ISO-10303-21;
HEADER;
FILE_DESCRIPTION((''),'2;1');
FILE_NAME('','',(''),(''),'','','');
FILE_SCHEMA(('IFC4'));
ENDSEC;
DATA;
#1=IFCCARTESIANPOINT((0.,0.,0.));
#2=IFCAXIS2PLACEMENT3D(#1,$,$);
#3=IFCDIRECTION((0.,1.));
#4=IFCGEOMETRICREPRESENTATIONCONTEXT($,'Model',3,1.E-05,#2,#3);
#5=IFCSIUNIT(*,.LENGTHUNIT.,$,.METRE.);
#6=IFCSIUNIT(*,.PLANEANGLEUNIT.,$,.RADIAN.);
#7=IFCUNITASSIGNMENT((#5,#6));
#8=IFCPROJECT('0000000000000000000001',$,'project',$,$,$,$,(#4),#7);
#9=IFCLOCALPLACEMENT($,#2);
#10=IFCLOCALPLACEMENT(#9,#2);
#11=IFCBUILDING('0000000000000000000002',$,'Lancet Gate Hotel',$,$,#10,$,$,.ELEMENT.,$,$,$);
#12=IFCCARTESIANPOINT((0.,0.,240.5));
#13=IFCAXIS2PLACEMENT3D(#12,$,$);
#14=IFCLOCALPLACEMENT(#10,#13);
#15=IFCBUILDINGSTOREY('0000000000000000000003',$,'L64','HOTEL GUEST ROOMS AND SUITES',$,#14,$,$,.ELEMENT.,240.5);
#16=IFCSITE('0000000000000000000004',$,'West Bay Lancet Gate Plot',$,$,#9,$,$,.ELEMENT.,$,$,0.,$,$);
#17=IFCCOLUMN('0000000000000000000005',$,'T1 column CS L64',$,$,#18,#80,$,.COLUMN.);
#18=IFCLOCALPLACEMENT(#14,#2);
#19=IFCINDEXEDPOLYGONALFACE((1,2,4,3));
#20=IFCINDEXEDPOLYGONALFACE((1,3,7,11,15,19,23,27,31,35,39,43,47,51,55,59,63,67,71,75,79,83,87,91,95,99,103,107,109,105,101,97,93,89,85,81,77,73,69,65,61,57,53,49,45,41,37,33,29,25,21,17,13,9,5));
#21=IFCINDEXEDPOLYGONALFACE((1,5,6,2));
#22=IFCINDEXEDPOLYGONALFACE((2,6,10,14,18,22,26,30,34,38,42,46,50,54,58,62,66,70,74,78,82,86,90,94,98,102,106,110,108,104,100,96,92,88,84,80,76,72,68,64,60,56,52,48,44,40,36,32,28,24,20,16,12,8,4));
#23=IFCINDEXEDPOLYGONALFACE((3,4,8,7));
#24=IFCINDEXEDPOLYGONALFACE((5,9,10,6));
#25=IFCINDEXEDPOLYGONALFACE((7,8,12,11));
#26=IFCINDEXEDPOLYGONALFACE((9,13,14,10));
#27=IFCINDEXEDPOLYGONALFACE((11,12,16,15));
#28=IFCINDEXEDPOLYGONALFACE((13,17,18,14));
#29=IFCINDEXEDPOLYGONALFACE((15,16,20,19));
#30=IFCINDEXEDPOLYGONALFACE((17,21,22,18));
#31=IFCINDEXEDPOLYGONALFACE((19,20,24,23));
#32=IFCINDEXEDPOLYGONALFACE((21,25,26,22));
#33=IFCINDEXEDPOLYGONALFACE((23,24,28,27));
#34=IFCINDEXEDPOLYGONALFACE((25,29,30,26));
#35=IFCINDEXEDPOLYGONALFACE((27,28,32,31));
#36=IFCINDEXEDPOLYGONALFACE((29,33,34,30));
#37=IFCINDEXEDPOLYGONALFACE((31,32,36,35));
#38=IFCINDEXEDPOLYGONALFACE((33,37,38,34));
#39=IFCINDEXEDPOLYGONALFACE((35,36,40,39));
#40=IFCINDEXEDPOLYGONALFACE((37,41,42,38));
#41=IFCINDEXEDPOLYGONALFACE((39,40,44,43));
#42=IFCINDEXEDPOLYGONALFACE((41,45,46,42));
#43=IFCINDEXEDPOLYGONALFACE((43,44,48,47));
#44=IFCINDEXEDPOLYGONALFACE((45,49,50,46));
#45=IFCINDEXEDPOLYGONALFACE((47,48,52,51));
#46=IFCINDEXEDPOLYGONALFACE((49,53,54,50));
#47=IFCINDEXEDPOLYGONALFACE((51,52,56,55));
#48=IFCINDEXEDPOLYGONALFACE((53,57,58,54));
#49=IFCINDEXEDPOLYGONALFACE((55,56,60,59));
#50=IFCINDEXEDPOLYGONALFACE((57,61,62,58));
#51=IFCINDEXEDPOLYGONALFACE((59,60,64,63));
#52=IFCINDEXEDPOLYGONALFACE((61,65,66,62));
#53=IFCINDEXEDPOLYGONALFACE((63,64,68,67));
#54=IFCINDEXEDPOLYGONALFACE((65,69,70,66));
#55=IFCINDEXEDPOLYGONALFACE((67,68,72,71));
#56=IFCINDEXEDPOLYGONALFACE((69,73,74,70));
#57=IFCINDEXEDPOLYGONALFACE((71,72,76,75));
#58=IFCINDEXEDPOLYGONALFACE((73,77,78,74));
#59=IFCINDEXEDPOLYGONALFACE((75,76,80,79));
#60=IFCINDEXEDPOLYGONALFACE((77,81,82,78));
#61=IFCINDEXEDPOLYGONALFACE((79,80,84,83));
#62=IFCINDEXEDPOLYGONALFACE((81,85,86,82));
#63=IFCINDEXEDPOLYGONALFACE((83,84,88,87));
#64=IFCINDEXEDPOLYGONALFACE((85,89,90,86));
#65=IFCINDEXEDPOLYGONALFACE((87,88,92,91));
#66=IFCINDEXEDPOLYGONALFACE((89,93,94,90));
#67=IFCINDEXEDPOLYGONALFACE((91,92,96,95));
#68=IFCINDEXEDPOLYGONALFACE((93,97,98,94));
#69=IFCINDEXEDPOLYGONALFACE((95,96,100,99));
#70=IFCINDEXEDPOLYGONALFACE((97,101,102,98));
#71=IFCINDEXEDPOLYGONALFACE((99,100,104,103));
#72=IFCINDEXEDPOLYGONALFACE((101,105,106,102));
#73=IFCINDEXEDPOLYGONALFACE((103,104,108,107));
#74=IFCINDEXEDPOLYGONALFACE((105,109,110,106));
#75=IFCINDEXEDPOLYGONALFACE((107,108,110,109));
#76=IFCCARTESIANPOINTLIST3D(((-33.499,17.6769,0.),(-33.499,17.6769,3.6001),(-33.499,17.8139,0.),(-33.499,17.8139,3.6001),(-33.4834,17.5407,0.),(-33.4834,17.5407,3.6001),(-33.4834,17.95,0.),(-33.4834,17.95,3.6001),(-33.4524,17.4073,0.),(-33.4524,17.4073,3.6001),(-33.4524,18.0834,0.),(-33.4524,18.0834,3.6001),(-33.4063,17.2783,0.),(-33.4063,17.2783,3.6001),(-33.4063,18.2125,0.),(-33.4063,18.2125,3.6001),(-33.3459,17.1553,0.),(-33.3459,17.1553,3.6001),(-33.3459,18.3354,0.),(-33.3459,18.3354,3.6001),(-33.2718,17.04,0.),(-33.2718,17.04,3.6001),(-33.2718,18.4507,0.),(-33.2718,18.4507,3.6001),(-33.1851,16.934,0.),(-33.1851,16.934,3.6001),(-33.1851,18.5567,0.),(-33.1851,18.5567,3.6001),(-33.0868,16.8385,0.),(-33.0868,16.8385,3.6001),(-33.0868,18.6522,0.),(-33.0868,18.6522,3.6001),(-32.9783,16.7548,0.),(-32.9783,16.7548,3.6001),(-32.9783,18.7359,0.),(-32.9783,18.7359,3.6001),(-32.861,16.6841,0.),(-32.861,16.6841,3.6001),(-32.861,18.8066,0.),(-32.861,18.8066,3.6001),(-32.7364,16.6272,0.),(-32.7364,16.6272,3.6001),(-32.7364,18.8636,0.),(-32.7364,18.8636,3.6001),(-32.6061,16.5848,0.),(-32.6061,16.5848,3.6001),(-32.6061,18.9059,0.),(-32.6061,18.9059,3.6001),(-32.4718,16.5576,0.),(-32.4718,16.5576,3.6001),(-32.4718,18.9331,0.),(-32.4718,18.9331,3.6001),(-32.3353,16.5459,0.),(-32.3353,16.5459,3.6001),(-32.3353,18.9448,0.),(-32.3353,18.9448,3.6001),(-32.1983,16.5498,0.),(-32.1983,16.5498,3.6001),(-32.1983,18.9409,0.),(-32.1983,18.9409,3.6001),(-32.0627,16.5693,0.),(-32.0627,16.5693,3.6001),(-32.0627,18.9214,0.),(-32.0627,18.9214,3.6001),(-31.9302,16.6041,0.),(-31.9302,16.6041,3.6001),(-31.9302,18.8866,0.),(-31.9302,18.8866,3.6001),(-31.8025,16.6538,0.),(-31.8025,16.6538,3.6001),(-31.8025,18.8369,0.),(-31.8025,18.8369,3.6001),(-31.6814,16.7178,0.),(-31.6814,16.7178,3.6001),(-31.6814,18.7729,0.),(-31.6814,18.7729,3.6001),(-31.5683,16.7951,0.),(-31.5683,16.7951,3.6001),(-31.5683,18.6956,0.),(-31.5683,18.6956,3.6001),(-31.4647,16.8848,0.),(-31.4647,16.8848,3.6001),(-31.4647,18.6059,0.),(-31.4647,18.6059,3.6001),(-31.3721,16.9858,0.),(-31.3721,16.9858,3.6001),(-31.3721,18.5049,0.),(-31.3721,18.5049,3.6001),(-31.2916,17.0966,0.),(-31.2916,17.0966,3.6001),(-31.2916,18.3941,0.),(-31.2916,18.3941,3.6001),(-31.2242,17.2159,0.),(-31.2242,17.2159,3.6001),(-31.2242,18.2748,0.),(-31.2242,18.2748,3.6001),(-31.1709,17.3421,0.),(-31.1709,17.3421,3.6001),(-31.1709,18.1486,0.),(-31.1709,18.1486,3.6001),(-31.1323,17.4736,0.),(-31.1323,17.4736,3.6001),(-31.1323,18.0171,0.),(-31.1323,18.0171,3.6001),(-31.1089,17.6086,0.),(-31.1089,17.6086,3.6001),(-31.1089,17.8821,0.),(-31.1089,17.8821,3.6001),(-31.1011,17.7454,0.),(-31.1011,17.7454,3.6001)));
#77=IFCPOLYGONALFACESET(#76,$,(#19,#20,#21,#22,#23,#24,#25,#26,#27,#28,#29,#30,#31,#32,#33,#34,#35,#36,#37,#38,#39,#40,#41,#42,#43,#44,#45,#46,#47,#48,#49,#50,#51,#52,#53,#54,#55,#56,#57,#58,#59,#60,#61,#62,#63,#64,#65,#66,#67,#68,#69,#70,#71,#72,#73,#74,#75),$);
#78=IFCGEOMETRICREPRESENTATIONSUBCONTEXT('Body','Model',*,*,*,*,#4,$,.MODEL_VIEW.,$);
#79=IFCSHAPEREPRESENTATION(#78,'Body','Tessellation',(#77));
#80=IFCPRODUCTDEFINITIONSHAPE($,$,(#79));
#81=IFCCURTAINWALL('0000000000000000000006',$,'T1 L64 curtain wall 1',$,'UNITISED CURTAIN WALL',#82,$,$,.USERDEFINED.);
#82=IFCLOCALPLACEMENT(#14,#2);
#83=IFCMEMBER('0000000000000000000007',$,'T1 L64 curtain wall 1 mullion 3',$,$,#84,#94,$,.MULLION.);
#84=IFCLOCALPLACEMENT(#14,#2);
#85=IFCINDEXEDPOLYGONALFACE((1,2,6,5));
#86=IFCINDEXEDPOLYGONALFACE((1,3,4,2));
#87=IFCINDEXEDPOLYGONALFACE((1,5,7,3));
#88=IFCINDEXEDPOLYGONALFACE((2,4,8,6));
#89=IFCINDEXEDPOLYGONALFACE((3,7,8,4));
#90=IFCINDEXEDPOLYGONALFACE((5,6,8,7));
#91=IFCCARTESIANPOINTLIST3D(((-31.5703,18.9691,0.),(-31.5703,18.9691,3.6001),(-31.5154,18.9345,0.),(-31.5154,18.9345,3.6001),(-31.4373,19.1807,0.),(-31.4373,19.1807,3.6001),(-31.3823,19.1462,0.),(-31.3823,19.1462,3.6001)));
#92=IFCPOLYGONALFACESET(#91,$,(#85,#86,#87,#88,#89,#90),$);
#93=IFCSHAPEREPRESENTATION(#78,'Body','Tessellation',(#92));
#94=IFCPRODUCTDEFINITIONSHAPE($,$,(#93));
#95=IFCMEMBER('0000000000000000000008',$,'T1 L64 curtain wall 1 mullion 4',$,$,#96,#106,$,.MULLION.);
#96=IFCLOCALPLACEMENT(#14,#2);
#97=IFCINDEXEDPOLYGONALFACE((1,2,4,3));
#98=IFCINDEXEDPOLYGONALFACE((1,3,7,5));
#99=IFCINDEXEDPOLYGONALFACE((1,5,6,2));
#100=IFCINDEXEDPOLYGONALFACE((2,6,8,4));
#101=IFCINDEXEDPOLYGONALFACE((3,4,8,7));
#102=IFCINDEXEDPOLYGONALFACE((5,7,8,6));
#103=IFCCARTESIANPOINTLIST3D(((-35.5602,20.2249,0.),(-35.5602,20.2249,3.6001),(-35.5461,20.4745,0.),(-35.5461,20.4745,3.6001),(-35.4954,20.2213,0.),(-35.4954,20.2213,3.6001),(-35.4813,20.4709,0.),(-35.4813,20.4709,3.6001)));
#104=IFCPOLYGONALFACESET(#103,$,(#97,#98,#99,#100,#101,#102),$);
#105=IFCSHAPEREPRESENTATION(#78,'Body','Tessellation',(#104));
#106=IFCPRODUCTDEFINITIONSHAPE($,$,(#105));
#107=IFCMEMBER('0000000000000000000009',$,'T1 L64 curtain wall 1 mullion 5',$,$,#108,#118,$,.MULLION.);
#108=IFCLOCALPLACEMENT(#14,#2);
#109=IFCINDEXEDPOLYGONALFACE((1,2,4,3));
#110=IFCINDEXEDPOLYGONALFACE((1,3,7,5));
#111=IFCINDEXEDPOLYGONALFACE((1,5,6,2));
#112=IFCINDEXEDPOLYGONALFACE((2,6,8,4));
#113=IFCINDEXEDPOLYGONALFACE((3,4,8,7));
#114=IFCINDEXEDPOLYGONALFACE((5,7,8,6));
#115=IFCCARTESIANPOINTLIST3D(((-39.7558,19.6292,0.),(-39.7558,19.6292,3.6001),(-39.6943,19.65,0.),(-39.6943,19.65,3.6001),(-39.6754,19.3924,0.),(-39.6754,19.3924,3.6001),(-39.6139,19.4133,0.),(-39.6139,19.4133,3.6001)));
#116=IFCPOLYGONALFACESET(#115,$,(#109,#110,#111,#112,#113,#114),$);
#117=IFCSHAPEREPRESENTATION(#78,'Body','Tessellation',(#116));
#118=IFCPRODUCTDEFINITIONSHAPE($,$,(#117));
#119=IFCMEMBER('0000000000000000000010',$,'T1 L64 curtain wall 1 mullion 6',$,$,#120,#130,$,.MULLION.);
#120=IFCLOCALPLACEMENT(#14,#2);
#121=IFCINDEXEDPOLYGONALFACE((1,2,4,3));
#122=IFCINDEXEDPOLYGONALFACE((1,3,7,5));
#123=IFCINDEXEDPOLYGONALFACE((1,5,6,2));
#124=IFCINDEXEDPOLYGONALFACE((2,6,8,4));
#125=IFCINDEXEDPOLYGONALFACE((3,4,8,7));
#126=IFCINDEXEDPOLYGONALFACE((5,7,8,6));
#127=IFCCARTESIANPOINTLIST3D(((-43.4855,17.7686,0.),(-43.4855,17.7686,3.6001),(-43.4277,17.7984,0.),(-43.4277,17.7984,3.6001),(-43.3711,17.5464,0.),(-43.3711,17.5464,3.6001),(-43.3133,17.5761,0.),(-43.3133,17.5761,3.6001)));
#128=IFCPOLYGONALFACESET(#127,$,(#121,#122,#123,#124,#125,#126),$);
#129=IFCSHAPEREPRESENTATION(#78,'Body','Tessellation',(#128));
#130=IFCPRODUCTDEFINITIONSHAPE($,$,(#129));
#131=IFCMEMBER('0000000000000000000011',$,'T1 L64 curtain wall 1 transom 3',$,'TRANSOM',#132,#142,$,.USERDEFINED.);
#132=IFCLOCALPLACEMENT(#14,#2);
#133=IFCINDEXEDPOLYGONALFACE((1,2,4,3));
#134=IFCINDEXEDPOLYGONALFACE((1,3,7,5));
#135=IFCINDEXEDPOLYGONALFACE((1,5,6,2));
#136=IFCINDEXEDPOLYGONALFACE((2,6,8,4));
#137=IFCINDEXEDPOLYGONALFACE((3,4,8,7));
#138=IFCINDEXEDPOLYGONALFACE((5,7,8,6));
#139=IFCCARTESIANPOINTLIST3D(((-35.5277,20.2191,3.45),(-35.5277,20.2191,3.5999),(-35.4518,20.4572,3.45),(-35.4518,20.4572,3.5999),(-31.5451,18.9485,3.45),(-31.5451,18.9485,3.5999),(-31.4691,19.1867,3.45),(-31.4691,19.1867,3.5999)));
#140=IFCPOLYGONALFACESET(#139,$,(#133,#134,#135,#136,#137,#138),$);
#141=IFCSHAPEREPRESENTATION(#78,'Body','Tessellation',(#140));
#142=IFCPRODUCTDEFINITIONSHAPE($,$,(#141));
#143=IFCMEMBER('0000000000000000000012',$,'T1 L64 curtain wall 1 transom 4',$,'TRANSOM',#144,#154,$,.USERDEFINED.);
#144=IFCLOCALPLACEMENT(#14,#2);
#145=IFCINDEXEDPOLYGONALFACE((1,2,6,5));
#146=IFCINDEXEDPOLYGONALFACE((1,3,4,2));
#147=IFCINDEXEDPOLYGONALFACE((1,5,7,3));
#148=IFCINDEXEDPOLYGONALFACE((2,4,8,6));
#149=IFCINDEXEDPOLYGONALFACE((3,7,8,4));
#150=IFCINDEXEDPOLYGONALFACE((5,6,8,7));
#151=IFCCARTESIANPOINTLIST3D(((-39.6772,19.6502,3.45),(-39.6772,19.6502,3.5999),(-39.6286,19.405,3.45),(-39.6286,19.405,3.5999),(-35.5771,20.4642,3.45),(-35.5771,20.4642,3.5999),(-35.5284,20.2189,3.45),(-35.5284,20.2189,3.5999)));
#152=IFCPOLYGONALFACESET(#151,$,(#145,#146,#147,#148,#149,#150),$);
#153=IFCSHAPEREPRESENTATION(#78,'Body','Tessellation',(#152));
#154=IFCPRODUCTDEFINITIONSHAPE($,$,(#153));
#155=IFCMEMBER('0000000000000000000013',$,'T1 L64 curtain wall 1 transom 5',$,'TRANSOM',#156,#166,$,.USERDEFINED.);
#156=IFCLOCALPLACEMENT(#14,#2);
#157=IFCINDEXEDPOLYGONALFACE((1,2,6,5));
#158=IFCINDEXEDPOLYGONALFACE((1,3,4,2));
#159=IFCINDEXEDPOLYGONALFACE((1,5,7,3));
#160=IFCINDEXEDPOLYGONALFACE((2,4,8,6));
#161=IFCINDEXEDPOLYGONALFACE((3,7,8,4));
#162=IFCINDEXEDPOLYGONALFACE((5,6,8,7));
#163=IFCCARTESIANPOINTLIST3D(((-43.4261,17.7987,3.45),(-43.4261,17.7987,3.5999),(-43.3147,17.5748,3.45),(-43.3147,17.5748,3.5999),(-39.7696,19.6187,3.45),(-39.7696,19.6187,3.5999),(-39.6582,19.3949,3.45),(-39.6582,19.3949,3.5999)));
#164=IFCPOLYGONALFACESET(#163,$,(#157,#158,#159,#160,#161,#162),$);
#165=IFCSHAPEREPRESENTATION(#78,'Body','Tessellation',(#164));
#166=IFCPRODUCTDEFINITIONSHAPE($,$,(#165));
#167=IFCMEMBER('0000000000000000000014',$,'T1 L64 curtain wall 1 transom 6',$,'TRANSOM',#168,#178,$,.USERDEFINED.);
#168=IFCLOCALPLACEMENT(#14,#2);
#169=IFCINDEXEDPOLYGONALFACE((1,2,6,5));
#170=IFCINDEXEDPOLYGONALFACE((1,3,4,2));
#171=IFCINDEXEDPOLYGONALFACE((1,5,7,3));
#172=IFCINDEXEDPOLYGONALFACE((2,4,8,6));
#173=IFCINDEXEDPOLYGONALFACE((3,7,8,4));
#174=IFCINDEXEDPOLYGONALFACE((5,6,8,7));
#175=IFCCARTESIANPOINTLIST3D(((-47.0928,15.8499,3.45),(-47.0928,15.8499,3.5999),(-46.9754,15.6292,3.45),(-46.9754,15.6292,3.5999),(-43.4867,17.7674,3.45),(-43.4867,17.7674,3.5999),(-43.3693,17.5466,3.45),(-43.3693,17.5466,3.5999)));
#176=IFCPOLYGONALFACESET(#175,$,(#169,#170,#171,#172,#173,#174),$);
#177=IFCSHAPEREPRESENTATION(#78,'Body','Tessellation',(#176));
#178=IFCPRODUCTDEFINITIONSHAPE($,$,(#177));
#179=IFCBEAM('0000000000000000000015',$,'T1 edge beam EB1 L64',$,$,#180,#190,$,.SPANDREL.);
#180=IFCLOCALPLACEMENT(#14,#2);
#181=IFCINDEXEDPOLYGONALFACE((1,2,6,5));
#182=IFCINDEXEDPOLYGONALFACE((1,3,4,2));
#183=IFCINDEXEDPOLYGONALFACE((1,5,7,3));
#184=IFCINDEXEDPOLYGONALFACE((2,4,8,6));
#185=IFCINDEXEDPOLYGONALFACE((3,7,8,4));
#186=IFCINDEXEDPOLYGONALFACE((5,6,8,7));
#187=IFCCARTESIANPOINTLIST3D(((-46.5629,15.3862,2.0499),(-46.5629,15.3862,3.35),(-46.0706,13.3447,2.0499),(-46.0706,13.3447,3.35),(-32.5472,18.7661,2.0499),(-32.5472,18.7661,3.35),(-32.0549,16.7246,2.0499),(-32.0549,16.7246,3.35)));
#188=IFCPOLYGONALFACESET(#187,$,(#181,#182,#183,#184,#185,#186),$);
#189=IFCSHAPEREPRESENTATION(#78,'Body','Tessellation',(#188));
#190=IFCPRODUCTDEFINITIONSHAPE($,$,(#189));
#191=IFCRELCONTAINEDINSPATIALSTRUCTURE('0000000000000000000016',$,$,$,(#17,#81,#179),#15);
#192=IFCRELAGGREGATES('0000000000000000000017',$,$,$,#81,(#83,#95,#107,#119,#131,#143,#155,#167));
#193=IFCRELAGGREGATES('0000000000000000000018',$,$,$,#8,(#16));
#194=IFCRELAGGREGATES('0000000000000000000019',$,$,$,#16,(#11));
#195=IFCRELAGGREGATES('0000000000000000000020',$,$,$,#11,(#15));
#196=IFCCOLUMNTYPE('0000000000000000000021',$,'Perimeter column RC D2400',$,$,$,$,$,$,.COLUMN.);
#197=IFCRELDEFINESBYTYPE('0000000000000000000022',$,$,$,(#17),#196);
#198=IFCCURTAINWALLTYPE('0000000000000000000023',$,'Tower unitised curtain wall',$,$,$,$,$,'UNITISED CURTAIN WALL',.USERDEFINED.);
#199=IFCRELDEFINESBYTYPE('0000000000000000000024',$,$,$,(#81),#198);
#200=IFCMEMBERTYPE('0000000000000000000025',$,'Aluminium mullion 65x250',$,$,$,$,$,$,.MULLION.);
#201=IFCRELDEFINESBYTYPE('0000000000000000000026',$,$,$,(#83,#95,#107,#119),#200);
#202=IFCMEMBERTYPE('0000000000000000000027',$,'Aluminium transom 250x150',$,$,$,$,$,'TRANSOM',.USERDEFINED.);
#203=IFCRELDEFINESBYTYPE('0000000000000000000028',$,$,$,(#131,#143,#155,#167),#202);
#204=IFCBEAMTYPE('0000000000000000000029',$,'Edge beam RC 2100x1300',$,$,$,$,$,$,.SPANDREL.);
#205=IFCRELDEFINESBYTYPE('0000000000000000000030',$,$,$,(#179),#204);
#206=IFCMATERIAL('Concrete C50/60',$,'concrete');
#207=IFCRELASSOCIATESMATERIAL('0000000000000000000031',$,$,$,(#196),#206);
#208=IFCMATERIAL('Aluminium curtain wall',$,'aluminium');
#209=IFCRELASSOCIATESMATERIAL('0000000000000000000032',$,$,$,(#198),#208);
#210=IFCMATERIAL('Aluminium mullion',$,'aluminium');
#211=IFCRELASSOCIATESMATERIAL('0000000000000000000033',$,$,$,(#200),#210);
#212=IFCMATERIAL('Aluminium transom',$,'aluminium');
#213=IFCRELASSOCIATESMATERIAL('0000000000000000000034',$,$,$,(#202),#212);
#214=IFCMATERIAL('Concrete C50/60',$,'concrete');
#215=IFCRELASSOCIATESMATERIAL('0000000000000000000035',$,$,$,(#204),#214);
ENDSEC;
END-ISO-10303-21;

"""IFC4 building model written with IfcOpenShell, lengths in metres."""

from ifc_helpers import new_model, si_unit, direction, frame, origin, origin_2d, place, context, subcontext, project, spatial, rectangle, circle, extrude, material, material_profile, profile_set, type_object, element, aggregate, save


model = new_model("IFC4")

# Units and contexts
model_context = context("Model", 3, precision=1e-05, world=origin(), true_north=direction((0.0, 1.0)))
body_context = subcontext(model_context, "Body", "Model", "MODEL_VIEW")
ifc_project = project(units=[si_unit("LENGTHUNIT", "METRE"), si_unit("PLANEANGLEUNIT", "RADIAN")], contexts=[model_context])

# Site, building, storey
site_placement = place(None, origin())
site = spatial("IfcSite", under=ifc_project, at=site_placement, Name="West Bay Lancet Gate Plot", CompositionType="ELEMENT", RefElevation=0.0)
building_placement = place(site_placement, origin())
building = spatial("IfcBuilding", under=site, at=building_placement, Name="Lancet Gate Hotel", CompositionType="ELEMENT")
storey_placement = place(building_placement, frame((0.0, 0.0, 240.5)))
storey = spatial("IfcBuildingStorey", under=building, at=storey_placement, Name="L64", Description="HOTEL GUEST ROOMS AND SUITES", CompositionType="ELEMENT", Elevation=240.5)

# Column
ifc_material_1 = material(Name="Concrete C50/60", Category="concrete")
ifc_material_profile_1 = material_profile(ifc_material_1, circle(Radius=1.2, at=origin_2d()), Name="RC D2400")
ifc_profile_set_1 = profile_set([ifc_material_profile_1], Name="Concrete C50/60")
column_type = type_object("IfcColumnType", Name="Perimeter column RC D2400", PredefinedType="COLUMN", material=ifc_profile_set_1)
column_placement = place(storey_placement, frame((-32.301, 17.7454, 0.0), z_axis=(0.0, 0.0, 1.0), x_axis=(1.0, 0.0, 0.0)))
element("IfcColumn", 1, at=column_placement, inside=storey, type_object=column_type, Name="T1 column CS L64", PredefinedType="COLUMN", context=body_context, shape_type="SweptSolid", body=[
    extrude(circle(Radius=1.2, at=origin_2d()), origin(), (0.0, 0.0, 1.0), 3.6001),
])

# Curtain wall, members
ifc_material_2 = material(Name="Aluminium curtain wall", Category="aluminium")
curtain_wall_type = type_object("IfcCurtainWallType", Name="Tower unitised curtain wall", ElementType="UNITISED CURTAIN WALL", PredefinedType="USERDEFINED", material=ifc_material_2)
curtain_wall_placement = place(storey_placement, origin())
curtain_wall = element("IfcCurtainWall", 2, at=curtain_wall_placement, inside=storey, type_object=curtain_wall_type, Name="T1 L64 curtain wall 1", ObjectType="UNITISED CURTAIN WALL", PredefinedType="USERDEFINED")
ifc_material_3 = material(Name="Aluminium mullion", Category="aluminium")
ifc_material_profile_2 = material_profile(ifc_material_3, rectangle(XDim=0.0649, YDim=0.25, at=origin_2d()), Name="MULLION 65x250")
ifc_profile_set_2 = profile_set([ifc_material_profile_2], Name="Aluminium mullion")
member_type_1 = type_object("IfcMemberType", Name="Aluminium mullion 65x250", PredefinedType="MULLION", material=ifc_profile_set_2)
member_1_placement = place(storey_placement, frame((-31.4763, 19.0576, 0.0), z_axis=(0.0, 0.0, 1.0), x_axis=(-0.846613, 0.532209, 0.0)))
member_1 = element("IfcMember", 3, at=member_1_placement, type_object=member_type_1, Name="T1 L64 curtain wall 1 mullion 3", PredefinedType="MULLION", context=body_context, shape_type="SweptSolid", body=[
    extrude(rectangle(XDim=0.0649, YDim=0.25, at=origin_2d()), origin(), (0.0, 0.0, 1.0), 3.6001),
])
member_2_placement = place(storey_placement, frame((-35.5208, 20.3479, 0.0), z_axis=(0.0, 0.0, 1.0), x_axis=(-0.998409, 0.056384, 0.0)))
member_2 = element("IfcMember", 4, at=member_2_placement, type_object=member_type_1, Name="T1 L64 curtain wall 1 mullion 4", PredefinedType="MULLION", context=body_context, shape_type="SweptSolid", body=[
    extrude(rectangle(XDim=0.0649, YDim=0.25, at=origin_2d()), origin(), (0.0, 0.0, 1.0), 3.6001),
])
member_3_placement = place(storey_placement, frame((-39.6848, 19.5212, 0.0), z_axis=(0.0, 0.0, 1.0), x_axis=(-0.946888, -0.321564, 0.0)))
member_3 = element("IfcMember", 5, at=member_3_placement, type_object=member_type_1, Name="T1 L64 curtain wall 1 mullion 5", PredefinedType="MULLION", context=body_context, shape_type="SweptSolid", body=[
    extrude(rectangle(XDim=0.0649, YDim=0.25, at=origin_2d()), origin(), (0.0, 0.0, 1.0), 3.6001),
])
member_4_placement = place(storey_placement, frame((-43.3994, 17.6724, 0.0), z_axis=(0.0, 0.0, 1.0), x_axis=(-0.889156, -0.457605, 0.0)))
member_4 = element("IfcMember", 6, at=member_4_placement, type_object=member_type_1, Name="T1 L64 curtain wall 1 mullion 6", PredefinedType="MULLION", context=body_context, shape_type="SweptSolid", body=[
    extrude(rectangle(XDim=0.0649, YDim=0.25, at=origin_2d()), origin(), (0.0, 0.0, 1.0), 3.6001),
])
ifc_material_4 = material(Name="Aluminium transom", Category="aluminium")
ifc_material_profile_3 = material_profile(ifc_material_4, rectangle(XDim=0.25, YDim=0.1499, at=origin_2d()), Name="TRANSOM 250x150")
ifc_profile_set_3 = profile_set([ifc_material_profile_3], Name="Aluminium transom")
member_type_2 = type_object("IfcMemberType", Name="Aluminium transom 250x150", ElementType="TRANSOM", PredefinedType="USERDEFINED", material=ifc_profile_set_3)
member_5_placement = place(storey_placement, frame((-31.5071, 19.0676, 3.5249), z_axis=(-0.952698, 0.30392, 0.0), x_axis=(-0.30392, -0.952698, 0.0)))
member_5 = element("IfcMember", 7, at=member_5_placement, type_object=member_type_2, Name="T1 L64 curtain wall 1 transom 3", ObjectType="TRANSOM", PredefinedType="USERDEFINED", context=body_context, shape_type="SweptSolid", body=[
    extrude(rectangle(XDim=0.25, YDim=0.1499, at=origin_2d()), origin(), (0.0, 0.0, 1.0), 4.1804),
])
member_6_placement = place(storey_placement, frame((-35.5527, 20.3416, 3.5249), z_axis=(-0.980858, -0.194723, 0.0), x_axis=(0.194723, -0.980858, 0.0)))
member_6 = element("IfcMember", 8, at=member_6_placement, type_object=member_type_2, Name="T1 L64 curtain wall 1 transom 4", ObjectType="TRANSOM", PredefinedType="USERDEFINED", context=body_context, shape_type="SweptSolid", body=[
    extrude(rectangle(XDim=0.25, YDim=0.1499, at=origin_2d()), origin(), (0.0, 0.0, 1.0), 4.1802),
])
member_7_placement = place(storey_placement, frame((-39.7139, 19.5068, 3.5249), z_axis=(-0.895227, -0.445611, 0.0), x_axis=(0.445611, -0.895227, 0.0)))
member_7 = element("IfcMember", 9, at=member_7_placement, type_object=member_type_2, Name="T1 L64 curtain wall 1 transom 5", ObjectType="TRANSOM", PredefinedType="USERDEFINED", context=body_context, shape_type="SweptSolid", body=[
    extrude(rectangle(XDim=0.25, YDim=0.1499, at=origin_2d()), origin(), (0.0, 0.0, 1.0), 4.0845),
])
member_8_placement = place(storey_placement, frame((-43.428, 17.657, 3.5249), z_axis=(-0.882945, -0.469477, 0.0), x_axis=(0.469477, -0.882945, 0.0)))
member_8 = element("IfcMember", 10, at=member_8_placement, type_object=member_type_2, Name="T1 L64 curtain wall 1 transom 6", ObjectType="TRANSOM", PredefinedType="USERDEFINED", context=body_context, shape_type="SweptSolid", body=[
    extrude(rectangle(XDim=0.25, YDim=0.1499, at=origin_2d()), origin(), (0.0, 0.0, 1.0), 4.0842),
])

# Beam
ifc_material_5 = material(Name="Concrete C50/60", Category="concrete")
ifc_material_profile_4 = material_profile(ifc_material_5, rectangle(XDim=2.1001, YDim=1.3, at=origin_2d()), Name="RC 2100x1300")
ifc_profile_set_4 = profile_set([ifc_material_profile_4], Name="Concrete C50/60")
beam_type_1 = type_object("IfcBeamType", Name="Edge beam RC 2100x1300", PredefinedType="SPANDREL", material=ifc_profile_set_4)
beam_1_placement = place(storey_placement, frame((-32.301, 17.7454, 2.7), z_axis=(-0.972133, -0.234431, 0.0), x_axis=(0.234431, -0.972133, 0.0)))
element("IfcBeam", 11, at=beam_1_placement, inside=storey, type_object=beam_type_1, Name="T1 edge beam EB1 L64", PredefinedType="SPANDREL", context=body_context, shape_type="SweptSolid", body=[
    extrude(rectangle(XDim=2.1001, YDim=1.3, at=origin_2d()), origin(), (0.0, 0.0, 1.0), 14.4175),
])

aggregate(curtain_wall, [member_1, member_2, member_3, member_4, member_5, member_6, member_7, member_8])

save(model, "model.ifc")
